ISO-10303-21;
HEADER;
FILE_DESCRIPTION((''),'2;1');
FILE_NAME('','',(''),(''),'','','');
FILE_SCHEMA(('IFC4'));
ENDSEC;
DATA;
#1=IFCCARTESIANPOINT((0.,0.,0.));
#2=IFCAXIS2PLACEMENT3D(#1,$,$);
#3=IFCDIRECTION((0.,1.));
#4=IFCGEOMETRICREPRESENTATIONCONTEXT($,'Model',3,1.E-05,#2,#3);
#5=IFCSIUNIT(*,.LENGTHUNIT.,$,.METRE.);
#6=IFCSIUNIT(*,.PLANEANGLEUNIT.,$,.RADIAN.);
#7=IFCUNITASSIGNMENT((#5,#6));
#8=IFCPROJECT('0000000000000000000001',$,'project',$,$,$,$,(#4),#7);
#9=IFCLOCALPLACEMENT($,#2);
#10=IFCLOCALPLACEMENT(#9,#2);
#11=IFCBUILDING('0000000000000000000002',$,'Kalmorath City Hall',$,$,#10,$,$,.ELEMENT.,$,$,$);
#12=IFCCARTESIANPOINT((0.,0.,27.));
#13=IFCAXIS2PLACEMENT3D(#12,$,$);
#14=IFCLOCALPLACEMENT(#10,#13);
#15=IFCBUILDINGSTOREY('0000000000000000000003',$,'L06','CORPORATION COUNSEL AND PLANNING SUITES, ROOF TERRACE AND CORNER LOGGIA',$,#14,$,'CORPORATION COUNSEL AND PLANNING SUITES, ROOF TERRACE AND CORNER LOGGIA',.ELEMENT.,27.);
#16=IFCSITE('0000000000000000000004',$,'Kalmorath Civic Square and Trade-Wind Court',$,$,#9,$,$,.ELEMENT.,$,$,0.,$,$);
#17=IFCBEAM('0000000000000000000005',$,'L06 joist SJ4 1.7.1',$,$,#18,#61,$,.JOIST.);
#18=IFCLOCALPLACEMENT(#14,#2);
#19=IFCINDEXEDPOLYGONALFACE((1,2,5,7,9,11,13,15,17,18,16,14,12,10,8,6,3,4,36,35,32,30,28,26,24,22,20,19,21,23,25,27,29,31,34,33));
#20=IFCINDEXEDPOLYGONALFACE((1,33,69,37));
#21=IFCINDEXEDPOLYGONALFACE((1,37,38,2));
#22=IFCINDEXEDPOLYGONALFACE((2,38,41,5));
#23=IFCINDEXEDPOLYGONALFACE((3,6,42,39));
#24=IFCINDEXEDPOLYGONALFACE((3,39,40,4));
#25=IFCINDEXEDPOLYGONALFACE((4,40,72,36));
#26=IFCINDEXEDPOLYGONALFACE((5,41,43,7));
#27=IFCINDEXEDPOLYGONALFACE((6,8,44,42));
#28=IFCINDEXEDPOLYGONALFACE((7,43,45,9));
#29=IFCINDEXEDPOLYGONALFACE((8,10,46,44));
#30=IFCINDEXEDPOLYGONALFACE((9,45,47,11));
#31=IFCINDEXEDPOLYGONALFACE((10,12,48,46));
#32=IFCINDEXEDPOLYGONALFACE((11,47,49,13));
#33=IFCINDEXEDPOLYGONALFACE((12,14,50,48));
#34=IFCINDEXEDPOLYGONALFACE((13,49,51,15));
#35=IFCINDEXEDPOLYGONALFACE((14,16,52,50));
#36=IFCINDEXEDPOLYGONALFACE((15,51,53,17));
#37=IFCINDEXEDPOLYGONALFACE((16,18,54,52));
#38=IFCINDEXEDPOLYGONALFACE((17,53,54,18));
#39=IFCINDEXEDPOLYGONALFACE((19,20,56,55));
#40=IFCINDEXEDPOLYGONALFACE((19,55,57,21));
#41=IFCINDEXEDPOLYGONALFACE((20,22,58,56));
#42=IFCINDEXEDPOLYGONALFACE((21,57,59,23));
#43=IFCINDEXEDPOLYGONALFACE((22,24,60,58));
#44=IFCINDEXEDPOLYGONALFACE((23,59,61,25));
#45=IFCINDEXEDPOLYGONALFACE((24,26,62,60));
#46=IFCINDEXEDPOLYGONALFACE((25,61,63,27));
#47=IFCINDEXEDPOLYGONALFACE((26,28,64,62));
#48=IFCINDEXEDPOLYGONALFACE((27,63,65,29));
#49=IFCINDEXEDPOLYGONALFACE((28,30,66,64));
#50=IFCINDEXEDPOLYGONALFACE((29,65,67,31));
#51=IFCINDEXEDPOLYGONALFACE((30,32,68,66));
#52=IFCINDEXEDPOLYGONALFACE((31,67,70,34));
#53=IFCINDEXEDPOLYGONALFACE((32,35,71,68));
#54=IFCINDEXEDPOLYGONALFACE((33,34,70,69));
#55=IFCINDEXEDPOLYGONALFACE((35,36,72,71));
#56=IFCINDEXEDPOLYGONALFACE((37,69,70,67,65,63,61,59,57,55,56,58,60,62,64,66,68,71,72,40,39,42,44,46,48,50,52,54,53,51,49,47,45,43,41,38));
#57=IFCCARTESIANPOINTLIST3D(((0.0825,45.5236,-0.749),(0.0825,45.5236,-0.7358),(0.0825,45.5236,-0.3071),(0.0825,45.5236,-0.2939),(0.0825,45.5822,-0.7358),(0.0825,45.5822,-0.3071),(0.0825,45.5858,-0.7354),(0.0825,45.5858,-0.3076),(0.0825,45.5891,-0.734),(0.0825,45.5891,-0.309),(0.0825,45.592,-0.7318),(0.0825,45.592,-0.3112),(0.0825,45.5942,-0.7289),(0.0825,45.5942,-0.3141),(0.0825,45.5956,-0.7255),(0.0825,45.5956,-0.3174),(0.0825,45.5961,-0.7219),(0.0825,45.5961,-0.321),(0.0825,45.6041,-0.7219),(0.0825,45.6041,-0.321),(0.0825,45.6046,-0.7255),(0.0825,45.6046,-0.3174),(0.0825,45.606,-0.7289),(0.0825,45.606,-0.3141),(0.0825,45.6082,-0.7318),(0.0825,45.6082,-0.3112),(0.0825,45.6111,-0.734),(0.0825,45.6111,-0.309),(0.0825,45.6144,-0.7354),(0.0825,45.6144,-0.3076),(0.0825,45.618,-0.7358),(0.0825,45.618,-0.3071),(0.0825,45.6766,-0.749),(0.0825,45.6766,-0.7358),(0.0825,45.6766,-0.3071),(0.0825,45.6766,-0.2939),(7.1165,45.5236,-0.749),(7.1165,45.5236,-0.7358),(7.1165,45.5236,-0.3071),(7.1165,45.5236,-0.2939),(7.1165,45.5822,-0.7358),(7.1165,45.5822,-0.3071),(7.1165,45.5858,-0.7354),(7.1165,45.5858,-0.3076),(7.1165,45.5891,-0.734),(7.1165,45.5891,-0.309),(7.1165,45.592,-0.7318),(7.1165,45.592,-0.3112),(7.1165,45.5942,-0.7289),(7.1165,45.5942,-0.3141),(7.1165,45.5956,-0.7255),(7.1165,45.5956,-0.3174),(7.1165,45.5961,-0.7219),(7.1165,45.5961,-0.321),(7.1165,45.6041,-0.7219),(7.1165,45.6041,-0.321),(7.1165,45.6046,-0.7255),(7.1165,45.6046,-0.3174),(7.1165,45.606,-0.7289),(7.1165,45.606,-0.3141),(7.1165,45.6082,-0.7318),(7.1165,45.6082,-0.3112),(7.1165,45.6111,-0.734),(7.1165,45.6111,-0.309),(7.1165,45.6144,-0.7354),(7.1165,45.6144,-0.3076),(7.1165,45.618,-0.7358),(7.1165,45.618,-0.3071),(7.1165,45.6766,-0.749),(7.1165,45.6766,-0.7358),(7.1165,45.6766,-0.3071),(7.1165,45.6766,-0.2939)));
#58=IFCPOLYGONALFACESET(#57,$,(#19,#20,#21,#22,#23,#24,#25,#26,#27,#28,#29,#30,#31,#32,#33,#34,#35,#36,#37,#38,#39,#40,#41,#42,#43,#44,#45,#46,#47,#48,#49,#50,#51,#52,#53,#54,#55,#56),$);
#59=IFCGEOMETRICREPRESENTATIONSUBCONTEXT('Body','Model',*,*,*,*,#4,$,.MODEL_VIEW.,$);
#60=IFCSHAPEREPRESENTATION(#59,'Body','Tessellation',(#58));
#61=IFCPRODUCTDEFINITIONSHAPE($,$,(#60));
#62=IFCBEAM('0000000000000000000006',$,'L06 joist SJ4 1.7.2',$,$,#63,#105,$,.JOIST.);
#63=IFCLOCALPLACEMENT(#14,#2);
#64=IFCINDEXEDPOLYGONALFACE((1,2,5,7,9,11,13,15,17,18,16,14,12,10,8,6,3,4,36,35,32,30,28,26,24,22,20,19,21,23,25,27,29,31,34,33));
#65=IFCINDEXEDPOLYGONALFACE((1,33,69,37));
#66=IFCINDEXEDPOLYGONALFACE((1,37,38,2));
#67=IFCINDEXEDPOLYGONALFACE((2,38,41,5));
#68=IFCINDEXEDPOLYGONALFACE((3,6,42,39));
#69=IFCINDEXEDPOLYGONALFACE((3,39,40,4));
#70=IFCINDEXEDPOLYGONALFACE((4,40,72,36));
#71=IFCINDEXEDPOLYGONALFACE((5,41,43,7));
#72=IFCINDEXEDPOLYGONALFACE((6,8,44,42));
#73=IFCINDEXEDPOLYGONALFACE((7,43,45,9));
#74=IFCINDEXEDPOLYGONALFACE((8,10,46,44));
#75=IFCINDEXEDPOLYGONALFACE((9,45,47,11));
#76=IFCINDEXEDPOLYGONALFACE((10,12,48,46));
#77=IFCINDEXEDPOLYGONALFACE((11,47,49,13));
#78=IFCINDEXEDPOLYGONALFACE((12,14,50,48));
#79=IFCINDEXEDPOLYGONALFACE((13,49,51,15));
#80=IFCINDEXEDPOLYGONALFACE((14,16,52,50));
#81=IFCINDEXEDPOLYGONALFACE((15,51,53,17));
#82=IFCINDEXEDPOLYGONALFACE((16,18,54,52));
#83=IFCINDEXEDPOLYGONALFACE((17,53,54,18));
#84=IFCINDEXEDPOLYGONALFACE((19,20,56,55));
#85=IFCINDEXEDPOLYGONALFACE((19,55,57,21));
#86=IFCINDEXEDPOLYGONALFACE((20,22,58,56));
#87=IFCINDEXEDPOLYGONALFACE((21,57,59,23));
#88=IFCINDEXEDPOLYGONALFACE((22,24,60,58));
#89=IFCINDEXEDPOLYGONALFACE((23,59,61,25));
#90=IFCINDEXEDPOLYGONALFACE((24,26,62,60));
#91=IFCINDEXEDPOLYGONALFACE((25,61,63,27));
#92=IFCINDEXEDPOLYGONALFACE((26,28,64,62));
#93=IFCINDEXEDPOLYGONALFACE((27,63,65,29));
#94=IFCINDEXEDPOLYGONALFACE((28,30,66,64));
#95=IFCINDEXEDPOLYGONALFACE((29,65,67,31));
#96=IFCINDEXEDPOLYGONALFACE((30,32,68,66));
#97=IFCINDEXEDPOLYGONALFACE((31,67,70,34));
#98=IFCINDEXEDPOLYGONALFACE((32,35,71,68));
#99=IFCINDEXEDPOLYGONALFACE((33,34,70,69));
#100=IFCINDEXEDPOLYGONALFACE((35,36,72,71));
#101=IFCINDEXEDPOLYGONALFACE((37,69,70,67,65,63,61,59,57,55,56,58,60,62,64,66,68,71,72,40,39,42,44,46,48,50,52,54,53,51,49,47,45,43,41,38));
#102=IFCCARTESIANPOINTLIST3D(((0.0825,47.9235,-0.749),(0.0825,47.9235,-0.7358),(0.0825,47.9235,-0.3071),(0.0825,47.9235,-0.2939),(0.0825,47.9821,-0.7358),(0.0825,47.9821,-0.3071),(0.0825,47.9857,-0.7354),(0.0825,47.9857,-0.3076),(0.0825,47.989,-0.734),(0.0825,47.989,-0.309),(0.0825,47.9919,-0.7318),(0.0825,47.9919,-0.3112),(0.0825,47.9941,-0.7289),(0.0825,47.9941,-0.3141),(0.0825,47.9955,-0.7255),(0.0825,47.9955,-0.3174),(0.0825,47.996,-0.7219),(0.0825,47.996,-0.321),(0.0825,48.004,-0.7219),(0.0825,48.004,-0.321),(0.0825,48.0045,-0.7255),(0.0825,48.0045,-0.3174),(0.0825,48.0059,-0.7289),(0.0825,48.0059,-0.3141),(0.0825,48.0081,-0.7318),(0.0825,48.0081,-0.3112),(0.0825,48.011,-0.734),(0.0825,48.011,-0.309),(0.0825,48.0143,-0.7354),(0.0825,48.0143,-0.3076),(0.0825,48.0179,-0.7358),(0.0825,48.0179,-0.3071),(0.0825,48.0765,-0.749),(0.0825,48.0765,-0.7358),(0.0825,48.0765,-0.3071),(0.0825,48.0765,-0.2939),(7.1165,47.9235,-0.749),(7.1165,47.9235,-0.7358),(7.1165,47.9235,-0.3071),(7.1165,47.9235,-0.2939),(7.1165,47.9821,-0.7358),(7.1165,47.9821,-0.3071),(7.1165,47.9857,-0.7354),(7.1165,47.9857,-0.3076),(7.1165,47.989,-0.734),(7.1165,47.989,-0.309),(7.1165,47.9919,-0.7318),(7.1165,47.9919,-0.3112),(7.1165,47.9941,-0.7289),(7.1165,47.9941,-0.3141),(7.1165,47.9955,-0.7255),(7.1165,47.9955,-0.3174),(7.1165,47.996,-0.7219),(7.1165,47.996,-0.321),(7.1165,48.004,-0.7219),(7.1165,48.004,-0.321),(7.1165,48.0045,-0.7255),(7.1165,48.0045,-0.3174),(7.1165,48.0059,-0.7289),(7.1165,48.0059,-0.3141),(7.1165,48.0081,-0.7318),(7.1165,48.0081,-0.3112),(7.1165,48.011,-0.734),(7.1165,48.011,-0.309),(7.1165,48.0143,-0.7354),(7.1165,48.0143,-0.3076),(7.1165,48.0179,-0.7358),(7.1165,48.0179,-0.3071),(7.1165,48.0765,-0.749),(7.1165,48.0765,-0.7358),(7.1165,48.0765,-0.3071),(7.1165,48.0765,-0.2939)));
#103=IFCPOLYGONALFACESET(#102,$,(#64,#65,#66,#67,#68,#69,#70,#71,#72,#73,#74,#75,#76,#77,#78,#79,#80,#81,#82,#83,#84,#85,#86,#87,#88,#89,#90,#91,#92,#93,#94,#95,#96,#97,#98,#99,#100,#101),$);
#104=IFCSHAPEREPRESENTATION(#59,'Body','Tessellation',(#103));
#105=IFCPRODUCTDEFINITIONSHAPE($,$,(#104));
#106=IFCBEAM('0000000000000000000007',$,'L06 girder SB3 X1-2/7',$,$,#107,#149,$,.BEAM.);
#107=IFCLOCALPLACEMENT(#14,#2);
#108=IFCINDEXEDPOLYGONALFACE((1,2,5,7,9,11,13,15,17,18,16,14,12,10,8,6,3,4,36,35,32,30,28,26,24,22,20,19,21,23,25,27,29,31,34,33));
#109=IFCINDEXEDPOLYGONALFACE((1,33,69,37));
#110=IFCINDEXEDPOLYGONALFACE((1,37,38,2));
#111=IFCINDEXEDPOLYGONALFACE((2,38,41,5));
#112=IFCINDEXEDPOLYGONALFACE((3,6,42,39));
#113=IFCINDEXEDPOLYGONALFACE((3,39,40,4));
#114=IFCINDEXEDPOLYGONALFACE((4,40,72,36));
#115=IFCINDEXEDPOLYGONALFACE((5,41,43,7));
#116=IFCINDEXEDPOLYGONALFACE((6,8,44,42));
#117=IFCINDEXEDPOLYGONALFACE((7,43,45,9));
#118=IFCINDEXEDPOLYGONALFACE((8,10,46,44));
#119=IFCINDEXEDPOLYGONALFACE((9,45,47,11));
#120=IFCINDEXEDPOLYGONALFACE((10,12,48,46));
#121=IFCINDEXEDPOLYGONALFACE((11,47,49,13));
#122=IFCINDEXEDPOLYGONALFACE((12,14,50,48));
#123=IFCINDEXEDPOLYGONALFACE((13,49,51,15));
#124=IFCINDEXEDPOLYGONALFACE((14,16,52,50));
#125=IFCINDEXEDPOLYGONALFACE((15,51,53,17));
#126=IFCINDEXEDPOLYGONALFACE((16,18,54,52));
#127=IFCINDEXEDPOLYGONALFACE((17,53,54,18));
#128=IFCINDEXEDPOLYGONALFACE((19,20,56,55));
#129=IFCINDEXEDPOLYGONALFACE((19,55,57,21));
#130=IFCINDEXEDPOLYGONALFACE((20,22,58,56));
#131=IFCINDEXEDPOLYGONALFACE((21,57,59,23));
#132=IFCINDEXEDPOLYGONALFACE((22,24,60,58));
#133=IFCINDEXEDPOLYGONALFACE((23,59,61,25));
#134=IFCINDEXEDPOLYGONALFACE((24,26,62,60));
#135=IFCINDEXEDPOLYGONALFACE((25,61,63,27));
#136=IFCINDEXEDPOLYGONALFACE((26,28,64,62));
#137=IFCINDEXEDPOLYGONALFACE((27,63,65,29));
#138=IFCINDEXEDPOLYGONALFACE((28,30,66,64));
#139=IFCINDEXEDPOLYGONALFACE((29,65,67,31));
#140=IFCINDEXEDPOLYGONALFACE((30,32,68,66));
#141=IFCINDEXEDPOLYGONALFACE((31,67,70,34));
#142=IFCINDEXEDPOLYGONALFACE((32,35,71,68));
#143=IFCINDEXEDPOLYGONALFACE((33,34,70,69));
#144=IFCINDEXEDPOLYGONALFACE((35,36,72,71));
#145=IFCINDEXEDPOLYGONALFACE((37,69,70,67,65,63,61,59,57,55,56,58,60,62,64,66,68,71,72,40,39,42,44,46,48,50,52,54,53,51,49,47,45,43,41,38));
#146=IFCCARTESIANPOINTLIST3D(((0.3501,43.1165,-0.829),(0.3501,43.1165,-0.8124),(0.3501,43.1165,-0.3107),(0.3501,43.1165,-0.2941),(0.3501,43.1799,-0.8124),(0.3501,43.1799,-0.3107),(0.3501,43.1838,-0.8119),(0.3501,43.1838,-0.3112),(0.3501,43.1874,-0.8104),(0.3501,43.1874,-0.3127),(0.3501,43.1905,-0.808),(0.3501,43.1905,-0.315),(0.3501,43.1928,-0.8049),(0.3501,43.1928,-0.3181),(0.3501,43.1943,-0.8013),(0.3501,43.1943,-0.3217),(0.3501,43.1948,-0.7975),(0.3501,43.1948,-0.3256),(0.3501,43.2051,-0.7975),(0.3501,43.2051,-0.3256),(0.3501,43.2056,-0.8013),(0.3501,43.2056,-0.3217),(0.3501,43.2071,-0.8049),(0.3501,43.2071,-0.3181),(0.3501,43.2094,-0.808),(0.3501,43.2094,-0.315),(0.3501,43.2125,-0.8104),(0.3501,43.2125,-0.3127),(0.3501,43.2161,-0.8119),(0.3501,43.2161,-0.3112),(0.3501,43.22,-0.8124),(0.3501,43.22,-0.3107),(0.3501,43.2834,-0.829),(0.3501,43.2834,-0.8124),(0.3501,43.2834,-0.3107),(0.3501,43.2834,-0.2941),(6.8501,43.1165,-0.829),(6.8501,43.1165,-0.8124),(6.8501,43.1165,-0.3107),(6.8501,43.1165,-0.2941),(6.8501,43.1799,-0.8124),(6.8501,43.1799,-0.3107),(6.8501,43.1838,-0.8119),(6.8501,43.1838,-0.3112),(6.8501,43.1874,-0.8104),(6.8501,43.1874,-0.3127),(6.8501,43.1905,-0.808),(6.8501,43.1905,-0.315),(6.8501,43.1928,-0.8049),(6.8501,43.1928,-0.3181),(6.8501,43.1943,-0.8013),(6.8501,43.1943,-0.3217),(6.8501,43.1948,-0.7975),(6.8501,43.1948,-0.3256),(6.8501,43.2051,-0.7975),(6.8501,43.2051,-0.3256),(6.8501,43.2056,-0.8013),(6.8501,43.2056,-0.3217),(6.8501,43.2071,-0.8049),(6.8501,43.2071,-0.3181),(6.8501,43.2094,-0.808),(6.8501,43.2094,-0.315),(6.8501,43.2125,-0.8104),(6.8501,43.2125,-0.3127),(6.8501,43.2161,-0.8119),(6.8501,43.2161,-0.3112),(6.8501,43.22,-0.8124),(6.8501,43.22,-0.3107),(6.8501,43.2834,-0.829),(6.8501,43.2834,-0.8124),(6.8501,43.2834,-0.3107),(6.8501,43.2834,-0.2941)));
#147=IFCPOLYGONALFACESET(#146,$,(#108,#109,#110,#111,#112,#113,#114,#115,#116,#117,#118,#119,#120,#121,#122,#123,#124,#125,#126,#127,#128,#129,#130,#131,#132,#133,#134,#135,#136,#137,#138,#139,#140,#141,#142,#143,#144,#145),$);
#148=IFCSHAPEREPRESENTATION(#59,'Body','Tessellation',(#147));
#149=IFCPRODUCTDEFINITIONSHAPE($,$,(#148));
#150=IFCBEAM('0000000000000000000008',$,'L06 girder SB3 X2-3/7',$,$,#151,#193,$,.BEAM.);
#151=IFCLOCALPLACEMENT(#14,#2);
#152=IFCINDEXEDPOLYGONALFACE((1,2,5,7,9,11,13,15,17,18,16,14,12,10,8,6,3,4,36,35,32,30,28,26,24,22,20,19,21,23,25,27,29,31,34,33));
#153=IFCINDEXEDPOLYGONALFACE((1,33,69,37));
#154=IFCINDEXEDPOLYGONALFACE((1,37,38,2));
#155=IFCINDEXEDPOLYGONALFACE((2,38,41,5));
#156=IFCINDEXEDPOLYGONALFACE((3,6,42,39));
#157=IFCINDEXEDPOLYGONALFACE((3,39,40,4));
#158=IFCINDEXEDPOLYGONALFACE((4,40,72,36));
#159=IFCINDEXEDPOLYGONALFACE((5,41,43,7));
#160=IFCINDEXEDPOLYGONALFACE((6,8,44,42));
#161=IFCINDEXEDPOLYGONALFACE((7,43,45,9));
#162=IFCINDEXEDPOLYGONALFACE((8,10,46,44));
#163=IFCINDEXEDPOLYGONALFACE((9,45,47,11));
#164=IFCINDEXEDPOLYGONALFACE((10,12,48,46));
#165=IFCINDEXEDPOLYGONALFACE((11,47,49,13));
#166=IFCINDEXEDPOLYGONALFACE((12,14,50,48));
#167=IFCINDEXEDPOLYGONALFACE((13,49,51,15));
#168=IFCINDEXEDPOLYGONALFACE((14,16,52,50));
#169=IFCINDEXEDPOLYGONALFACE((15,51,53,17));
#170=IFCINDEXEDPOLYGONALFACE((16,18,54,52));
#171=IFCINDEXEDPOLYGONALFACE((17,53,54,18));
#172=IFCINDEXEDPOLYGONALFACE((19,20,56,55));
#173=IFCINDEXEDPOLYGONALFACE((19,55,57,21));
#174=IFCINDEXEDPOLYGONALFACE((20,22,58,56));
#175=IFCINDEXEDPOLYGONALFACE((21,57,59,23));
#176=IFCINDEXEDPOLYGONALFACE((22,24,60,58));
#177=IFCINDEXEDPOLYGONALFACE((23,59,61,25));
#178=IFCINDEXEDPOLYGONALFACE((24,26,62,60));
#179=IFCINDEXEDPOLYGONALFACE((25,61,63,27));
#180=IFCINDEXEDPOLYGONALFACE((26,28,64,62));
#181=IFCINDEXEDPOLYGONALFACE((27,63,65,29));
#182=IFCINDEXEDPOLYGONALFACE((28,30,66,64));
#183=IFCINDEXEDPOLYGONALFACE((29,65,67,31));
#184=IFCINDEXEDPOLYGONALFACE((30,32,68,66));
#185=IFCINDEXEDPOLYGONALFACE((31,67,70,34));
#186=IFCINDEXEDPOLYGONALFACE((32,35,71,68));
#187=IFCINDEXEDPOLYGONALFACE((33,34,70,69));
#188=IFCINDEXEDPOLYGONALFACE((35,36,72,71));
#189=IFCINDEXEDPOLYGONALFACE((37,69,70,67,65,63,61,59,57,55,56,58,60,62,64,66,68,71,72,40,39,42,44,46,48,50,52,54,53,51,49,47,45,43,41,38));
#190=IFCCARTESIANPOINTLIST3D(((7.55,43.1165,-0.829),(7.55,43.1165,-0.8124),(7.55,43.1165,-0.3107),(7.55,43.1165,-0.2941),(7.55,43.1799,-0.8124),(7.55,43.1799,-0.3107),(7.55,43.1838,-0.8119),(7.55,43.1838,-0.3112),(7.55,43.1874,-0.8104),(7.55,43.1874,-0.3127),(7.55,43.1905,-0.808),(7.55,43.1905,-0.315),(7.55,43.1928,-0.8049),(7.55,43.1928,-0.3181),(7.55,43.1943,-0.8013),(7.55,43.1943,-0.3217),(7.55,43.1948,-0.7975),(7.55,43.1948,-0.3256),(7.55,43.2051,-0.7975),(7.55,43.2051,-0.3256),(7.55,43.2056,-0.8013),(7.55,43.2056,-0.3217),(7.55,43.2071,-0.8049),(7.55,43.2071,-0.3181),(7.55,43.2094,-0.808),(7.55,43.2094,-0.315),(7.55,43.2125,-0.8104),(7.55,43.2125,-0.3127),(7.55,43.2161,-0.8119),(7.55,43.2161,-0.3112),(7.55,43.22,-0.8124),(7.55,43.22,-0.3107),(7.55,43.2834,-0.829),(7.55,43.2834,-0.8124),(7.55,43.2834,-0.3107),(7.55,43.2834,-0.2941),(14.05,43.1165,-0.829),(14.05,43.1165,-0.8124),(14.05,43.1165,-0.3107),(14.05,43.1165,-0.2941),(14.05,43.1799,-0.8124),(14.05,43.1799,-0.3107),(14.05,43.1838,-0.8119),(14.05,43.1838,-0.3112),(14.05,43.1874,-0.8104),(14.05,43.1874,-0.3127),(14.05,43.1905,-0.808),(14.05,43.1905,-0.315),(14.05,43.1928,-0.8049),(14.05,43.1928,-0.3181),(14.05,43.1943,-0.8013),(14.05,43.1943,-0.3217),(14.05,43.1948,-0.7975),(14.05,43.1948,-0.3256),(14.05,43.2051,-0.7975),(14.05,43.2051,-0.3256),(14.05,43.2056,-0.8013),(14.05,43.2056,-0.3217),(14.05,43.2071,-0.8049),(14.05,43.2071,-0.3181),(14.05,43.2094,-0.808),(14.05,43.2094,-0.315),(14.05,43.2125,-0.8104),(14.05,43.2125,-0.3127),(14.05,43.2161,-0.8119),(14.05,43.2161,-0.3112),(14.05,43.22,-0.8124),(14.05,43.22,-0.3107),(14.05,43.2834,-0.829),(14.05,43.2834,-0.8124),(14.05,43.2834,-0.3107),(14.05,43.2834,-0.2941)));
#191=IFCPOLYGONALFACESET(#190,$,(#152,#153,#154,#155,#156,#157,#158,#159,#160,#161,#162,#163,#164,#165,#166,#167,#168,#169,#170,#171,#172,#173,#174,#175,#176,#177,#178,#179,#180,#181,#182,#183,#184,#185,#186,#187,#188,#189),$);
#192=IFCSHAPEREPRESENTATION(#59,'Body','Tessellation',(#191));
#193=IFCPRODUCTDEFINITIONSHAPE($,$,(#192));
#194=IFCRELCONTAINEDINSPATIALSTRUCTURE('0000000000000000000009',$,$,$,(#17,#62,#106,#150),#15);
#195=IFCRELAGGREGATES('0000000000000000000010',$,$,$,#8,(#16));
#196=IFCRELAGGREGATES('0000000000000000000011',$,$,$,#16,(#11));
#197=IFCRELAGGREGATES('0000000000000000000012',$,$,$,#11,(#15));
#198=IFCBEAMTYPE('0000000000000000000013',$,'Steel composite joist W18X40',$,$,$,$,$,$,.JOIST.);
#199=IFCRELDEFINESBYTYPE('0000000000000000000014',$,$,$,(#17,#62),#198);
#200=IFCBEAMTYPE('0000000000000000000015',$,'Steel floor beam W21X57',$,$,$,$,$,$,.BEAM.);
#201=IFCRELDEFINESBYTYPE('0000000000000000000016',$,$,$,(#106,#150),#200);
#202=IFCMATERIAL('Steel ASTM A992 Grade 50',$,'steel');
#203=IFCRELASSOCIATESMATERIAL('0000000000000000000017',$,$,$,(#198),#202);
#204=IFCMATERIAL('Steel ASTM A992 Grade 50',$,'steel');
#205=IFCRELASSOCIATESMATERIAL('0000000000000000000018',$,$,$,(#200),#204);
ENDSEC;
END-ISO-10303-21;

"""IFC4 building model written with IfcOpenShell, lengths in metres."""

from ifc_helpers import new_model, si_unit, direction, frame, origin, origin_2d, place, context, subcontext, project, spatial, i_section, extrude, material, material_profile, profile_set, type_object, element, save


model = new_model("IFC4")

# Units and contexts
model_context = context("Model", 3, precision=1e-05, world=origin(), true_north=direction((0.0, 1.0)))
body_context = subcontext(model_context, "Body", "Model", "MODEL_VIEW")
ifc_project = project(units=[si_unit("LENGTHUNIT", "METRE"), si_unit("PLANEANGLEUNIT", "RADIAN")], contexts=[model_context])

# Site, building, storey
site_placement = place(None, origin())
site = spatial("IfcSite", under=ifc_project, at=site_placement, Name="Kalmorath Civic Square and Trade-Wind Court", CompositionType="ELEMENT", RefElevation=0.0)
building_placement = place(site_placement, origin())
building = spatial("IfcBuilding", under=site, at=building_placement, Name="Kalmorath City Hall", CompositionType="ELEMENT")
storey_placement = place(building_placement, frame((0.0, 0.0, 27.0)))
storey = spatial("IfcBuildingStorey", under=building, at=storey_placement, Name="L06", Description="CORPORATION COUNSEL AND PLANNING SUITES, ROOF TERRACE AND CORNER LOGGIA", LongName="CORPORATION COUNSEL AND PLANNING SUITES, ROOF TERRACE AND CORNER LOGGIA", CompositionType="ELEMENT", Elevation=27.0)

# Beams
ifc_material_1 = material(Name="Steel ASTM A992 Grade 50", Category="steel")
ifc_material_profile_1 = material_profile(ifc_material_1, i_section(OverallWidth=0.1531, OverallDepth=0.4551, WebThickness=0.0081, FlangeThickness=0.0132, FilletRadius=0.0139, at=origin_2d()), Name="W18X40")
ifc_profile_set_1 = profile_set([ifc_material_profile_1], Name="Steel ASTM A992 Grade 50")
beam_type_1 = type_object("IfcBeamType", Name="Steel composite joist W18X40", PredefinedType="JOIST", material=ifc_profile_set_1)
for number, where, z_axis, x_axis, name in (
    (1, (0.0825, 45.6001, -0.5215), (1.0, 0.0, 0.0), (0.0, 1.0, 0.0), "L06 joist SJ4 1.7.1"),
    (2, (0.0825, 48.0, -0.5215), (1.0, 0.0, 0.0), (0.0, 1.0, 0.0), "L06 joist SJ4 1.7.2"),
):
    element("IfcBeam", number, at=place(storey_placement, frame(where, z_axis=z_axis, x_axis=x_axis)), inside=storey, type_object=beam_type_1, Name=name, PredefinedType="JOIST", context=body_context, shape_type="SweptSolid", body=[
        extrude(i_section(OverallWidth=0.1531, OverallDepth=0.4551, WebThickness=0.0081, FlangeThickness=0.0132, FilletRadius=0.0139, at=origin_2d()), origin(), (0.0, 0.0, 1.0), 7.0339),
    ])
ifc_material_2 = material(Name="Steel ASTM A992 Grade 50", Category="steel")
ifc_material_profile_2 = material_profile(ifc_material_2, i_section(OverallWidth=0.167, OverallDepth=0.5349, WebThickness=0.0103, FlangeThickness=0.0166, FilletRadius=0.0149, at=origin_2d()), Name="W21X57")
ifc_profile_set_2 = profile_set([ifc_material_profile_2], Name="Steel ASTM A992 Grade 50")
beam_type_2 = type_object("IfcBeamType", Name="Steel floor beam W21X57", PredefinedType="BEAM", material=ifc_profile_set_2)
for number, where, z_axis, x_axis, name in (
    (3, (0.3501, 43.2, -0.5615), (1.0, 0.0, 0.0), (0.0, 1.0, 0.0), "L06 girder SB3 X1-2/7"),
    (4, (7.55, 43.2, -0.5615), (1.0, 0.0, 0.0), (0.0, 1.0, 0.0), "L06 girder SB3 X2-3/7"),
):
    element("IfcBeam", number, at=place(storey_placement, frame(where, z_axis=z_axis, x_axis=x_axis)), inside=storey, type_object=beam_type_2, Name=name, PredefinedType="BEAM", context=body_context, shape_type="SweptSolid", body=[
        extrude(i_section(OverallWidth=0.167, OverallDepth=0.5349, WebThickness=0.0103, FlangeThickness=0.0166, FilletRadius=0.0149, at=origin_2d()), origin(), (0.0, 0.0, 1.0), 6.5),
    ])

save(model, "model.ifc")
